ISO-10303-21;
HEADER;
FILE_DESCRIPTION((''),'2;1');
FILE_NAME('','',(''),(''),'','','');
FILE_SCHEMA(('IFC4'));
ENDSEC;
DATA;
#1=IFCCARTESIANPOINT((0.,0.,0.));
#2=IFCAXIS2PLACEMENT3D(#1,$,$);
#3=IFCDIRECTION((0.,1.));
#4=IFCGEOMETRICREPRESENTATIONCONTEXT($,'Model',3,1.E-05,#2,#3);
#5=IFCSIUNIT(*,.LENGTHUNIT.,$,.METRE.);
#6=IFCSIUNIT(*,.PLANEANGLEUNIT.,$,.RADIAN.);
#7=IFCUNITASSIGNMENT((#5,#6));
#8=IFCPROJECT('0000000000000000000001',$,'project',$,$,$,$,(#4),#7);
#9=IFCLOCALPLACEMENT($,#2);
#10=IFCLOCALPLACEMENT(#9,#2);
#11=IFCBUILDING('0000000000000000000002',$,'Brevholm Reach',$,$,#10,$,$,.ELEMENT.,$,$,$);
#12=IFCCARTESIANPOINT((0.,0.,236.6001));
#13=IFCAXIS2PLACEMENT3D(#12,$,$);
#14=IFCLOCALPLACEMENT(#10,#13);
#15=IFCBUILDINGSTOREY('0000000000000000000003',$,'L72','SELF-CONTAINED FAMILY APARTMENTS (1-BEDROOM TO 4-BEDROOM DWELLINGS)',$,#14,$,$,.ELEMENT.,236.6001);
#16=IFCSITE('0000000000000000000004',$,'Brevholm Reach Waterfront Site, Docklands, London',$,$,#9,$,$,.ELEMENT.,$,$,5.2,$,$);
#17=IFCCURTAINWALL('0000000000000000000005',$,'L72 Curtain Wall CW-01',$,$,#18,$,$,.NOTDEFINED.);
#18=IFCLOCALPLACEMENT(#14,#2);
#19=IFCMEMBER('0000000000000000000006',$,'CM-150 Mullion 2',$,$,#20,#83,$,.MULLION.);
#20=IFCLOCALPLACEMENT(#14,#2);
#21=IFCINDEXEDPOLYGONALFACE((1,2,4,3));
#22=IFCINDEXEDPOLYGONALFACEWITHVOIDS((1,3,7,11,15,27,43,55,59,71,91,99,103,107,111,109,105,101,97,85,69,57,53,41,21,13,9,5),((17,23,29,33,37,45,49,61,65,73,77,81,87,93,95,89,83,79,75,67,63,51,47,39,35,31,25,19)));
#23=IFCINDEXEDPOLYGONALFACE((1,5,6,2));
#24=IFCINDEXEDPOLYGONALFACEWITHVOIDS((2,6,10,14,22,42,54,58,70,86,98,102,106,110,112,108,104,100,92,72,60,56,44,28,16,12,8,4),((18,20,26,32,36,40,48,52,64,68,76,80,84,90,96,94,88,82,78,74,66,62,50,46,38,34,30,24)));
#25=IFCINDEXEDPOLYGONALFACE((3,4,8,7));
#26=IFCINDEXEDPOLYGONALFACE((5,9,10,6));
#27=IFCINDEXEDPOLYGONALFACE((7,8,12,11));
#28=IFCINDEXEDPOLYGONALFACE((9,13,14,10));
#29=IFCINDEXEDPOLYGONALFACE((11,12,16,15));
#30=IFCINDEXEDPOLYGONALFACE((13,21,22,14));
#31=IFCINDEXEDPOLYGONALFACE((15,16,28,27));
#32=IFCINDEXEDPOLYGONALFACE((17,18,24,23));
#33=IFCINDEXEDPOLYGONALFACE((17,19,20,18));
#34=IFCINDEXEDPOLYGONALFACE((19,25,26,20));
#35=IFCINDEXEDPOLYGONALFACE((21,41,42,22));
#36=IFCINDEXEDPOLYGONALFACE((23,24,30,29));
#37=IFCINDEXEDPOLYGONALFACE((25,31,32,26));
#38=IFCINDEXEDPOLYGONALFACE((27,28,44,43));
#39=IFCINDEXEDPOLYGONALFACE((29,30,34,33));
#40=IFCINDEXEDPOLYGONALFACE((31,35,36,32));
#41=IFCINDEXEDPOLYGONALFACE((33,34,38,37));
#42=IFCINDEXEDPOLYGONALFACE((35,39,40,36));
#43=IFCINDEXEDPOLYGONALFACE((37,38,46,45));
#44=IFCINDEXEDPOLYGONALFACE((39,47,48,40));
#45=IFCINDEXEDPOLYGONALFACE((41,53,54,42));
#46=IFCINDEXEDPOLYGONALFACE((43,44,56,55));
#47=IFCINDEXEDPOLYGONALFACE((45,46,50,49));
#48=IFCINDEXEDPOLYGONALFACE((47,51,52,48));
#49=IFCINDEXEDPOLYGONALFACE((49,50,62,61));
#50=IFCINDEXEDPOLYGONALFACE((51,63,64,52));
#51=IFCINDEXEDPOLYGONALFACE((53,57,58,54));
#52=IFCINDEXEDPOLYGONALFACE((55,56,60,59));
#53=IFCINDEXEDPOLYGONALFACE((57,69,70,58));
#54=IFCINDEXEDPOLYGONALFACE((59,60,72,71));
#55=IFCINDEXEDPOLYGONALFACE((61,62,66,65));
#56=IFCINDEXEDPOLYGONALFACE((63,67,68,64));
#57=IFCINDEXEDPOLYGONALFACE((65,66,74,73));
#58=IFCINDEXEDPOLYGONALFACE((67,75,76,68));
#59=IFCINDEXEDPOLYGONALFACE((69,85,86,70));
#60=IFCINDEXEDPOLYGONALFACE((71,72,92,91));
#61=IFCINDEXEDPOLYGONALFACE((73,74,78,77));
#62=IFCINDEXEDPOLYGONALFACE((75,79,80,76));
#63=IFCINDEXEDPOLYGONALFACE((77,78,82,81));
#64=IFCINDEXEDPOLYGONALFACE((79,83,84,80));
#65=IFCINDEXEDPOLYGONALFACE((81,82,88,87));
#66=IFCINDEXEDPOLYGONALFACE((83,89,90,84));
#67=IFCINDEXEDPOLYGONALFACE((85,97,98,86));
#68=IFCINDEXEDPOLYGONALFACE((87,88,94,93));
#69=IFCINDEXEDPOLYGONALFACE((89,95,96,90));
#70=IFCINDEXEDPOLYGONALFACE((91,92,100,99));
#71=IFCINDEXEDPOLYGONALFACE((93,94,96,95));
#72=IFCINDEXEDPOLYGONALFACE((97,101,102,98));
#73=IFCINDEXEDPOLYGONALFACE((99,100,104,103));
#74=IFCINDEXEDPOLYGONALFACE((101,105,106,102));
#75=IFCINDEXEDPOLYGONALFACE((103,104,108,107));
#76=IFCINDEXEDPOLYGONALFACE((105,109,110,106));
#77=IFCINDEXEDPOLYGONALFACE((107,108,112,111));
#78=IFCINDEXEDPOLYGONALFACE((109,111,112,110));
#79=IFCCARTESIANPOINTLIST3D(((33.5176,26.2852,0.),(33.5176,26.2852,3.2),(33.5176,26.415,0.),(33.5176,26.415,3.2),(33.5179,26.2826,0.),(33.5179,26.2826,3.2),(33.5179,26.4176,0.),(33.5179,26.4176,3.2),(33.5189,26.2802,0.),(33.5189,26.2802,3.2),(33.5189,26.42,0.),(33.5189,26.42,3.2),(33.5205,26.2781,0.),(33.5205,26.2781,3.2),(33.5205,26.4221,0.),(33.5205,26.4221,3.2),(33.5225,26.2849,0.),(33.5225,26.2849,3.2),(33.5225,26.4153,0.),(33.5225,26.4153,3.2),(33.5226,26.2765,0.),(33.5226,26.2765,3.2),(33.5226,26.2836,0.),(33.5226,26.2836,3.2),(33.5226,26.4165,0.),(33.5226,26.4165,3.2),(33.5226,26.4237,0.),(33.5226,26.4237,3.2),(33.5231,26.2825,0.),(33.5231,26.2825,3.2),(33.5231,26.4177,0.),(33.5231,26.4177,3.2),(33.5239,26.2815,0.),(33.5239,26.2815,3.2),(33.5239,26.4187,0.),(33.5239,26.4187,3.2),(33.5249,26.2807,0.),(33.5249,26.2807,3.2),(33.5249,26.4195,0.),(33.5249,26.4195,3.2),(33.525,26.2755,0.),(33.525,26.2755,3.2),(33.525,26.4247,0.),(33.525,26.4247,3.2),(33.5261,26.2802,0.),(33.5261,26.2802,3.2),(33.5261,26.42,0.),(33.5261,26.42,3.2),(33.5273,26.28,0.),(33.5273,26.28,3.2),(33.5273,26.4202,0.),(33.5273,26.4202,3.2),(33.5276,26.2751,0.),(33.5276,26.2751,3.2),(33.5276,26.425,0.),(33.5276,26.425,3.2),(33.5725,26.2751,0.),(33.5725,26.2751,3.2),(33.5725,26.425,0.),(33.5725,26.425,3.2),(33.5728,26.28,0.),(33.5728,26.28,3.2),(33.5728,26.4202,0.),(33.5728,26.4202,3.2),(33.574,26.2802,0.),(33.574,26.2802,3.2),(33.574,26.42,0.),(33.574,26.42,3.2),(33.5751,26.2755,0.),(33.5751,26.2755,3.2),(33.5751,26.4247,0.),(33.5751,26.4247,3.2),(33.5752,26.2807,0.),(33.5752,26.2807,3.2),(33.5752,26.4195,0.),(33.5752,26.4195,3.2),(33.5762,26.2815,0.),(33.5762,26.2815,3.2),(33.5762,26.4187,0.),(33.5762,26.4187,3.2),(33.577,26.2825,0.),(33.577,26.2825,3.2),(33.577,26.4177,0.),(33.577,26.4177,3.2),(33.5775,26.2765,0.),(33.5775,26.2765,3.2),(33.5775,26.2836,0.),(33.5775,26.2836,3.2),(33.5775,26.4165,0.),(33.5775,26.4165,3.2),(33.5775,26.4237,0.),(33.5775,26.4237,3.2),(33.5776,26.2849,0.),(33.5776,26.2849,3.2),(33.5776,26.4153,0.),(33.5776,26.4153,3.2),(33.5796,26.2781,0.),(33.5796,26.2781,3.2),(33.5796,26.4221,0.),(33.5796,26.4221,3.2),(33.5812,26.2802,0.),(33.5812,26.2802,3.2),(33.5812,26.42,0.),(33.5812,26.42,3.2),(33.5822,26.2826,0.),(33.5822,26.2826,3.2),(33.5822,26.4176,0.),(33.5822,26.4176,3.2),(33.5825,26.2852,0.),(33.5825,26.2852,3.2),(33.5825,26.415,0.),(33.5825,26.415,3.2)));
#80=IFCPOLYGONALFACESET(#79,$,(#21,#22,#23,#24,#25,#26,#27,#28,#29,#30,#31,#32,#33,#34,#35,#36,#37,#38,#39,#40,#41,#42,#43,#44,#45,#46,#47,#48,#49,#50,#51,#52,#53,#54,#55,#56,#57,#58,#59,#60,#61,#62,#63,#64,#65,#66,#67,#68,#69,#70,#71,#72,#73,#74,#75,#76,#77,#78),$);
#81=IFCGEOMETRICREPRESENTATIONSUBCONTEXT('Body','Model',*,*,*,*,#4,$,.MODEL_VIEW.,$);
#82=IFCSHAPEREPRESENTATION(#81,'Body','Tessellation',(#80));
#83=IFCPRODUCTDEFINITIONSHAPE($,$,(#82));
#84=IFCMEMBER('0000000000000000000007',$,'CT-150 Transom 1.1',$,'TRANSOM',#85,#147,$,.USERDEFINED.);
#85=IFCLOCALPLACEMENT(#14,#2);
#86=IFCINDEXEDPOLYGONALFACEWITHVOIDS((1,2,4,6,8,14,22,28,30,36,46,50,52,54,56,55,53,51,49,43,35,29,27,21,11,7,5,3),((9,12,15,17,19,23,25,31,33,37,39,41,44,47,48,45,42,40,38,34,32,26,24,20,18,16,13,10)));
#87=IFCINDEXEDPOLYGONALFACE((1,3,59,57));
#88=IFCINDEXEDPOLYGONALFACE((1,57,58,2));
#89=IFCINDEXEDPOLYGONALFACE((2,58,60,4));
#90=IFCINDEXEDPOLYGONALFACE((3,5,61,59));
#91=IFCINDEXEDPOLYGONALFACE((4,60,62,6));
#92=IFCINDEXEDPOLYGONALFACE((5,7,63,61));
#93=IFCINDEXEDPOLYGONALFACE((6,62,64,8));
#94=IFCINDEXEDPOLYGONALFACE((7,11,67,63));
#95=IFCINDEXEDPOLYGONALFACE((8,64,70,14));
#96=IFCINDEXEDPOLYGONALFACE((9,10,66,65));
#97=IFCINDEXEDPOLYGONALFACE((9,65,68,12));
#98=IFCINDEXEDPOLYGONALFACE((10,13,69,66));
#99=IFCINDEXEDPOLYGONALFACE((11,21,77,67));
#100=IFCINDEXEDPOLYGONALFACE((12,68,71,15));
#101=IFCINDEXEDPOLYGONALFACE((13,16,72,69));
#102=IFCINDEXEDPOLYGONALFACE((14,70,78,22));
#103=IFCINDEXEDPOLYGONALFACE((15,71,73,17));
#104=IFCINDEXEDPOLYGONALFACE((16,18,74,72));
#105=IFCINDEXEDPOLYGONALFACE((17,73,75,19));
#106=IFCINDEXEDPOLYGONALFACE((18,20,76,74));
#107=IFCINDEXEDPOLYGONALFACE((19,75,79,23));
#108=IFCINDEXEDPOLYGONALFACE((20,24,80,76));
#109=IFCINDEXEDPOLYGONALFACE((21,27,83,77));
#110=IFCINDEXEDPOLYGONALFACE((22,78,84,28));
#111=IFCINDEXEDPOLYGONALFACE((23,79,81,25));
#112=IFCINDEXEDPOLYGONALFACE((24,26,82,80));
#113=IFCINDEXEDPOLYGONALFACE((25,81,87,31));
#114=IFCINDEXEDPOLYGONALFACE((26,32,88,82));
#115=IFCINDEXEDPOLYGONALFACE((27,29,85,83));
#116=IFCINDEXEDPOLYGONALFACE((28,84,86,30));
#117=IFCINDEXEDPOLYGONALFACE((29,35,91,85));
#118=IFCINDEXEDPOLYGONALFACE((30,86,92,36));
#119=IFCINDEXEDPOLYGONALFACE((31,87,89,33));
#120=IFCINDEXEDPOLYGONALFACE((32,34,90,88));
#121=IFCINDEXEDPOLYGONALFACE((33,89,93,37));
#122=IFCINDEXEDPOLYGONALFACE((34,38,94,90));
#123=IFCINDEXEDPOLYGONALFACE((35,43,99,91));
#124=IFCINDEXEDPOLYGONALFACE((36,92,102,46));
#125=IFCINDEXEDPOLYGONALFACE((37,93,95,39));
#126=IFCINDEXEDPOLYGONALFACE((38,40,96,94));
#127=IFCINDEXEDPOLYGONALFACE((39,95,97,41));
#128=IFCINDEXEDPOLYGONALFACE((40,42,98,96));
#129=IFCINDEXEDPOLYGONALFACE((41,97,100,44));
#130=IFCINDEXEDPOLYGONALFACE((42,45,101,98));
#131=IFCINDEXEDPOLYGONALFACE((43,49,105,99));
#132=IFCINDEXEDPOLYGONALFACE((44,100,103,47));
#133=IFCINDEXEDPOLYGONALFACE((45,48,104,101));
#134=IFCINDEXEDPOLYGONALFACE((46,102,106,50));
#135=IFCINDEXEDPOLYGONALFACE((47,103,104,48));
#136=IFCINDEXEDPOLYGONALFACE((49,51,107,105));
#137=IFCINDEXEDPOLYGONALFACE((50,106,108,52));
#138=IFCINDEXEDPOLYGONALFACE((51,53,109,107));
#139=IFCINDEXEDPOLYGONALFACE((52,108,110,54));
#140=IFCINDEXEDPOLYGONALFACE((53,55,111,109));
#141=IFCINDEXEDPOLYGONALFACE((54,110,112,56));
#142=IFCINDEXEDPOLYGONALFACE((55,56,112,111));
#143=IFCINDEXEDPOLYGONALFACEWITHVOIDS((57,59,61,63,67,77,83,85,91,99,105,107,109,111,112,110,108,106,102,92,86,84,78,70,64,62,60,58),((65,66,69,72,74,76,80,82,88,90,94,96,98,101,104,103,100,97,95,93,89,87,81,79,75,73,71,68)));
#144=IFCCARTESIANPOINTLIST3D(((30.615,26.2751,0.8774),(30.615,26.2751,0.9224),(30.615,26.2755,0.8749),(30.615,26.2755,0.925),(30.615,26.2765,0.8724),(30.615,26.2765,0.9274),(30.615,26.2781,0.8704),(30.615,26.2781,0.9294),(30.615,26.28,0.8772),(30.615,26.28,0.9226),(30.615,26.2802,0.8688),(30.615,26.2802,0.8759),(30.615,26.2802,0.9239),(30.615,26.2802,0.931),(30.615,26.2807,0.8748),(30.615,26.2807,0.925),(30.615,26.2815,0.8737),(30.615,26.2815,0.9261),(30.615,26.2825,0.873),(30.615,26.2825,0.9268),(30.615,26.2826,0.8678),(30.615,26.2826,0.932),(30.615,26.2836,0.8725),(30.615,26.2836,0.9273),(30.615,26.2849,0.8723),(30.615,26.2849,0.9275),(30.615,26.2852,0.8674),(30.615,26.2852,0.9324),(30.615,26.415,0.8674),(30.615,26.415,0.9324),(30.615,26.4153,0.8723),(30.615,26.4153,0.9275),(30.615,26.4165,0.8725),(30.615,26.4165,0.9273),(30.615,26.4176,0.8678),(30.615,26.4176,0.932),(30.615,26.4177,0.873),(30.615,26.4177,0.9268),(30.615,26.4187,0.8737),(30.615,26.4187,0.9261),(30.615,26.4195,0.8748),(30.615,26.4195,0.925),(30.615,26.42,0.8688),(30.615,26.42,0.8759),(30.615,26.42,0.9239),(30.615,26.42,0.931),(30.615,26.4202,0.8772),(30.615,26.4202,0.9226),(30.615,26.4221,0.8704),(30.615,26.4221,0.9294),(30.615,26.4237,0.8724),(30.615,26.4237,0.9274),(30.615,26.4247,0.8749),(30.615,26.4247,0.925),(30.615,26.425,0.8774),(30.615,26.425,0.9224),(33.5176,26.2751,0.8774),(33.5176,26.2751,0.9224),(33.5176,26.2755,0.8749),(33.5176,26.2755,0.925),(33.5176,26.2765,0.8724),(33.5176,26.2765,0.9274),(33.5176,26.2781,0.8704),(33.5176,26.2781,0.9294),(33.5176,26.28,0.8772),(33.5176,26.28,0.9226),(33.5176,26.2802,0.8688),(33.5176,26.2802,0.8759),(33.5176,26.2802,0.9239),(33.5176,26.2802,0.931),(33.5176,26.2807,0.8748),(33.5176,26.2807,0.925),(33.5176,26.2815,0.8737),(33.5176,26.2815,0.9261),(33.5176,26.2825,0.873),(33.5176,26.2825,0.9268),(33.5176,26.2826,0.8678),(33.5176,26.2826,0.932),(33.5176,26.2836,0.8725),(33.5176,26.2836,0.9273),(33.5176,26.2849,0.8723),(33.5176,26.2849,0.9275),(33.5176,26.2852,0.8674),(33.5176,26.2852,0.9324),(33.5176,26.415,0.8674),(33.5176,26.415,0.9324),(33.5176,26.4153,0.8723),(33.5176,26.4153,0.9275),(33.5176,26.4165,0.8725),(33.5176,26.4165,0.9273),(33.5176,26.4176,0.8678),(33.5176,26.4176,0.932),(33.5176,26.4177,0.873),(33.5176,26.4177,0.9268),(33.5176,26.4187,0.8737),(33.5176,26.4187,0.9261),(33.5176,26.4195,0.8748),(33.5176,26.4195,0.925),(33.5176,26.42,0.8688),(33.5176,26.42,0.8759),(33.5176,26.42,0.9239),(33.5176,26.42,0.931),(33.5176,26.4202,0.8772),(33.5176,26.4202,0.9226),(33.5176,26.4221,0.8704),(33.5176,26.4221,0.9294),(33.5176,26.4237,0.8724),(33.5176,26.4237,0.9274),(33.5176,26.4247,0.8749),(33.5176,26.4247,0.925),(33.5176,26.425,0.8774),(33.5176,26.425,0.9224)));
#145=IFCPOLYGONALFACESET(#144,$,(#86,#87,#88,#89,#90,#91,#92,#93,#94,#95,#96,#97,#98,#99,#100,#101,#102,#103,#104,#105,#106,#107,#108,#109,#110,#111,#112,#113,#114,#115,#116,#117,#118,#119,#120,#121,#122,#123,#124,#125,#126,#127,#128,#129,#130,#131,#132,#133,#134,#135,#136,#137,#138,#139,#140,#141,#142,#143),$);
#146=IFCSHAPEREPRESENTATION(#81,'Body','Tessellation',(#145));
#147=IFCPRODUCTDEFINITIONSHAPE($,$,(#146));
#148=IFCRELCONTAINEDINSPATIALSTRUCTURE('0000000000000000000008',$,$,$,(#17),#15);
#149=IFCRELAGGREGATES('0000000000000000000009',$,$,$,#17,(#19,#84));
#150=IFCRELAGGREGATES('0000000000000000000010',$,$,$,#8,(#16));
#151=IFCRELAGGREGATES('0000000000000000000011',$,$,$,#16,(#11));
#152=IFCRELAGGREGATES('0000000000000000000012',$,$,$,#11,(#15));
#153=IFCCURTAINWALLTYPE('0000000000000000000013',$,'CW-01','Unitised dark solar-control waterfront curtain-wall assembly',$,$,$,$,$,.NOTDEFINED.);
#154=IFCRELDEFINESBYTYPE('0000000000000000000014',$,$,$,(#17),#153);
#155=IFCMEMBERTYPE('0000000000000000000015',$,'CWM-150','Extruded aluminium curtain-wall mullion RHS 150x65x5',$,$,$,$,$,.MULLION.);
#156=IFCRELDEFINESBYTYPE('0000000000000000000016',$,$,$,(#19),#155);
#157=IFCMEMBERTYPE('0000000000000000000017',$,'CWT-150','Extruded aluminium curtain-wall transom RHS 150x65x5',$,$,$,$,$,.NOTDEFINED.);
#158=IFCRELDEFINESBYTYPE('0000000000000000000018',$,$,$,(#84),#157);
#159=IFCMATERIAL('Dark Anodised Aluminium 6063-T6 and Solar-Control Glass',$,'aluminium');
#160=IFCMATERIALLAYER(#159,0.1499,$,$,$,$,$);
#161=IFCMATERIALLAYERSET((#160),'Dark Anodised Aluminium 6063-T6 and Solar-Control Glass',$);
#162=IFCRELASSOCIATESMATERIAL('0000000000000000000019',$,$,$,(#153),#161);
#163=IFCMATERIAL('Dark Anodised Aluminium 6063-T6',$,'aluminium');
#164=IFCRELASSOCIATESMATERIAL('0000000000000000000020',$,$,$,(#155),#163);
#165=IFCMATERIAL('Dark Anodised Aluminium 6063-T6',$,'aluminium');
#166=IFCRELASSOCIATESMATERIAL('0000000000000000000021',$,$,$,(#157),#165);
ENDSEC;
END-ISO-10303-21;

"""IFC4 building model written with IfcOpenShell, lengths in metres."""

from ifc_helpers import new_model, si_unit, direction, frame, origin, origin_2d, place, context, subcontext, project, spatial, hollow_rectangle, extrude, material, layer, layer_set, material_profile, profile_set, type_object, element, aggregate, save


model = new_model("IFC4")

# Units and contexts
model_context = context("Model", 3, precision=1e-05, world=origin(), true_north=direction((0.0, 1.0)))
body_context = subcontext(model_context, "Body", "Model", "MODEL_VIEW")
ifc_project = project(units=[si_unit("LENGTHUNIT", "METRE"), si_unit("PLANEANGLEUNIT", "RADIAN")], contexts=[model_context])

# Site, building, storey
site_placement = place(None, origin())
site = spatial("IfcSite", under=ifc_project, at=site_placement, Name="Brevholm Reach Waterfront Site, Docklands, London", CompositionType="ELEMENT", RefElevation=5.2)
building_placement = place(site_placement, origin())
building = spatial("IfcBuilding", under=site, at=building_placement, Name="Brevholm Reach", CompositionType="ELEMENT")
storey_placement = place(building_placement, frame((0.0, 0.0, 236.6001)))
storey = spatial("IfcBuildingStorey", under=building, at=storey_placement, Name="L72", Description="SELF-CONTAINED FAMILY APARTMENTS (1-BEDROOM TO 4-BEDROOM DWELLINGS)", CompositionType="ELEMENT", Elevation=236.6001)

# Curtain wall, members
ifc_material_1 = material(Name="Dark Anodised Aluminium 6063-T6 and Solar-Control Glass", Category="aluminium")
ifc_layer_1 = layer(ifc_material_1, 0.1499)
ifc_layer_set_1 = layer_set([ifc_layer_1], Name="Dark Anodised Aluminium 6063-T6 and Solar-Control Glass")
curtain_wall_type = type_object("IfcCurtainWallType", Name="CW-01", Description="Unitised dark solar-control waterfront curtain-wall assembly", PredefinedType="NOTDEFINED", material=ifc_layer_set_1)
curtain_wall_placement = place(storey_placement, origin())
curtain_wall = element("IfcCurtainWall", 1, at=curtain_wall_placement, inside=storey, type_object=curtain_wall_type, Name="L72 Curtain Wall CW-01", PredefinedType="NOTDEFINED")
ifc_material_2 = material(Name="Dark Anodised Aluminium 6063-T6", Category="aluminium")
ifc_material_profile_1 = material_profile(ifc_material_2, hollow_rectangle(XDim=0.0649, YDim=0.1499, WallThickness=0.0049, InnerFilletRadius=0.0049, OuterFilletRadius=0.01, at=origin_2d()), Name="RHS 150x65x5")
ifc_profile_set_1 = profile_set([ifc_material_profile_1], Name="Dark Anodised Aluminium 6063-T6")
member_type_1 = type_object("IfcMemberType", Name="CWM-150", Description="Extruded aluminium curtain-wall mullion RHS 150x65x5", PredefinedType="MULLION", material=ifc_profile_set_1)
member_1_placement = place(storey_placement, frame((33.55, 26.3501, 0.0), z_axis=(0.0, 0.0, 1.0), x_axis=(1.0, 0.0, 0.0)))
member_1 = element("IfcMember", 2, at=member_1_placement, type_object=member_type_1, Name="CM-150 Mullion 2", PredefinedType="MULLION", context=body_context, shape_type="SweptSolid", body=[
    extrude(hollow_rectangle(XDim=0.0649, YDim=0.1499, WallThickness=0.0049, InnerFilletRadius=0.0049, OuterFilletRadius=0.01, at=origin_2d()), origin(), (0.0, 0.0, 1.0), 3.2),
])
ifc_material_3 = material(Name="Dark Anodised Aluminium 6063-T6", Category="aluminium")
ifc_material_profile_2 = material_profile(ifc_material_3, hollow_rectangle(XDim=0.0649, YDim=0.1499, WallThickness=0.0049, InnerFilletRadius=0.0049, OuterFilletRadius=0.01, at=origin_2d()), Name="RHS 150x65x5")
ifc_profile_set_2 = profile_set([ifc_material_profile_2], Name="Dark Anodised Aluminium 6063-T6")
member_type_2 = type_object("IfcMemberType", Name="CWT-150", Description="Extruded aluminium curtain-wall transom RHS 150x65x5", PredefinedType="NOTDEFINED", material=ifc_profile_set_2)
member_2_placement = place(storey_placement, frame((30.615, 26.3501, 0.8999), z_axis=(1.0, 0.0, 0.0), x_axis=(0.0, 0.0, 1.0)))
member_2 = element("IfcMember", 3, at=member_2_placement, type_object=member_type_2, Name="CT-150 Transom 1.1", ObjectType="TRANSOM", PredefinedType="USERDEFINED", context=body_context, shape_type="SweptSolid", body=[
    extrude(hollow_rectangle(XDim=0.0649, YDim=0.1499, WallThickness=0.0049, InnerFilletRadius=0.0049, OuterFilletRadius=0.01, at=origin_2d()), origin(), (0.0, 0.0, 1.0), 2.9026),
])
aggregate(curtain_wall, [member_1, member_2])

save(model, "model.ifc")
